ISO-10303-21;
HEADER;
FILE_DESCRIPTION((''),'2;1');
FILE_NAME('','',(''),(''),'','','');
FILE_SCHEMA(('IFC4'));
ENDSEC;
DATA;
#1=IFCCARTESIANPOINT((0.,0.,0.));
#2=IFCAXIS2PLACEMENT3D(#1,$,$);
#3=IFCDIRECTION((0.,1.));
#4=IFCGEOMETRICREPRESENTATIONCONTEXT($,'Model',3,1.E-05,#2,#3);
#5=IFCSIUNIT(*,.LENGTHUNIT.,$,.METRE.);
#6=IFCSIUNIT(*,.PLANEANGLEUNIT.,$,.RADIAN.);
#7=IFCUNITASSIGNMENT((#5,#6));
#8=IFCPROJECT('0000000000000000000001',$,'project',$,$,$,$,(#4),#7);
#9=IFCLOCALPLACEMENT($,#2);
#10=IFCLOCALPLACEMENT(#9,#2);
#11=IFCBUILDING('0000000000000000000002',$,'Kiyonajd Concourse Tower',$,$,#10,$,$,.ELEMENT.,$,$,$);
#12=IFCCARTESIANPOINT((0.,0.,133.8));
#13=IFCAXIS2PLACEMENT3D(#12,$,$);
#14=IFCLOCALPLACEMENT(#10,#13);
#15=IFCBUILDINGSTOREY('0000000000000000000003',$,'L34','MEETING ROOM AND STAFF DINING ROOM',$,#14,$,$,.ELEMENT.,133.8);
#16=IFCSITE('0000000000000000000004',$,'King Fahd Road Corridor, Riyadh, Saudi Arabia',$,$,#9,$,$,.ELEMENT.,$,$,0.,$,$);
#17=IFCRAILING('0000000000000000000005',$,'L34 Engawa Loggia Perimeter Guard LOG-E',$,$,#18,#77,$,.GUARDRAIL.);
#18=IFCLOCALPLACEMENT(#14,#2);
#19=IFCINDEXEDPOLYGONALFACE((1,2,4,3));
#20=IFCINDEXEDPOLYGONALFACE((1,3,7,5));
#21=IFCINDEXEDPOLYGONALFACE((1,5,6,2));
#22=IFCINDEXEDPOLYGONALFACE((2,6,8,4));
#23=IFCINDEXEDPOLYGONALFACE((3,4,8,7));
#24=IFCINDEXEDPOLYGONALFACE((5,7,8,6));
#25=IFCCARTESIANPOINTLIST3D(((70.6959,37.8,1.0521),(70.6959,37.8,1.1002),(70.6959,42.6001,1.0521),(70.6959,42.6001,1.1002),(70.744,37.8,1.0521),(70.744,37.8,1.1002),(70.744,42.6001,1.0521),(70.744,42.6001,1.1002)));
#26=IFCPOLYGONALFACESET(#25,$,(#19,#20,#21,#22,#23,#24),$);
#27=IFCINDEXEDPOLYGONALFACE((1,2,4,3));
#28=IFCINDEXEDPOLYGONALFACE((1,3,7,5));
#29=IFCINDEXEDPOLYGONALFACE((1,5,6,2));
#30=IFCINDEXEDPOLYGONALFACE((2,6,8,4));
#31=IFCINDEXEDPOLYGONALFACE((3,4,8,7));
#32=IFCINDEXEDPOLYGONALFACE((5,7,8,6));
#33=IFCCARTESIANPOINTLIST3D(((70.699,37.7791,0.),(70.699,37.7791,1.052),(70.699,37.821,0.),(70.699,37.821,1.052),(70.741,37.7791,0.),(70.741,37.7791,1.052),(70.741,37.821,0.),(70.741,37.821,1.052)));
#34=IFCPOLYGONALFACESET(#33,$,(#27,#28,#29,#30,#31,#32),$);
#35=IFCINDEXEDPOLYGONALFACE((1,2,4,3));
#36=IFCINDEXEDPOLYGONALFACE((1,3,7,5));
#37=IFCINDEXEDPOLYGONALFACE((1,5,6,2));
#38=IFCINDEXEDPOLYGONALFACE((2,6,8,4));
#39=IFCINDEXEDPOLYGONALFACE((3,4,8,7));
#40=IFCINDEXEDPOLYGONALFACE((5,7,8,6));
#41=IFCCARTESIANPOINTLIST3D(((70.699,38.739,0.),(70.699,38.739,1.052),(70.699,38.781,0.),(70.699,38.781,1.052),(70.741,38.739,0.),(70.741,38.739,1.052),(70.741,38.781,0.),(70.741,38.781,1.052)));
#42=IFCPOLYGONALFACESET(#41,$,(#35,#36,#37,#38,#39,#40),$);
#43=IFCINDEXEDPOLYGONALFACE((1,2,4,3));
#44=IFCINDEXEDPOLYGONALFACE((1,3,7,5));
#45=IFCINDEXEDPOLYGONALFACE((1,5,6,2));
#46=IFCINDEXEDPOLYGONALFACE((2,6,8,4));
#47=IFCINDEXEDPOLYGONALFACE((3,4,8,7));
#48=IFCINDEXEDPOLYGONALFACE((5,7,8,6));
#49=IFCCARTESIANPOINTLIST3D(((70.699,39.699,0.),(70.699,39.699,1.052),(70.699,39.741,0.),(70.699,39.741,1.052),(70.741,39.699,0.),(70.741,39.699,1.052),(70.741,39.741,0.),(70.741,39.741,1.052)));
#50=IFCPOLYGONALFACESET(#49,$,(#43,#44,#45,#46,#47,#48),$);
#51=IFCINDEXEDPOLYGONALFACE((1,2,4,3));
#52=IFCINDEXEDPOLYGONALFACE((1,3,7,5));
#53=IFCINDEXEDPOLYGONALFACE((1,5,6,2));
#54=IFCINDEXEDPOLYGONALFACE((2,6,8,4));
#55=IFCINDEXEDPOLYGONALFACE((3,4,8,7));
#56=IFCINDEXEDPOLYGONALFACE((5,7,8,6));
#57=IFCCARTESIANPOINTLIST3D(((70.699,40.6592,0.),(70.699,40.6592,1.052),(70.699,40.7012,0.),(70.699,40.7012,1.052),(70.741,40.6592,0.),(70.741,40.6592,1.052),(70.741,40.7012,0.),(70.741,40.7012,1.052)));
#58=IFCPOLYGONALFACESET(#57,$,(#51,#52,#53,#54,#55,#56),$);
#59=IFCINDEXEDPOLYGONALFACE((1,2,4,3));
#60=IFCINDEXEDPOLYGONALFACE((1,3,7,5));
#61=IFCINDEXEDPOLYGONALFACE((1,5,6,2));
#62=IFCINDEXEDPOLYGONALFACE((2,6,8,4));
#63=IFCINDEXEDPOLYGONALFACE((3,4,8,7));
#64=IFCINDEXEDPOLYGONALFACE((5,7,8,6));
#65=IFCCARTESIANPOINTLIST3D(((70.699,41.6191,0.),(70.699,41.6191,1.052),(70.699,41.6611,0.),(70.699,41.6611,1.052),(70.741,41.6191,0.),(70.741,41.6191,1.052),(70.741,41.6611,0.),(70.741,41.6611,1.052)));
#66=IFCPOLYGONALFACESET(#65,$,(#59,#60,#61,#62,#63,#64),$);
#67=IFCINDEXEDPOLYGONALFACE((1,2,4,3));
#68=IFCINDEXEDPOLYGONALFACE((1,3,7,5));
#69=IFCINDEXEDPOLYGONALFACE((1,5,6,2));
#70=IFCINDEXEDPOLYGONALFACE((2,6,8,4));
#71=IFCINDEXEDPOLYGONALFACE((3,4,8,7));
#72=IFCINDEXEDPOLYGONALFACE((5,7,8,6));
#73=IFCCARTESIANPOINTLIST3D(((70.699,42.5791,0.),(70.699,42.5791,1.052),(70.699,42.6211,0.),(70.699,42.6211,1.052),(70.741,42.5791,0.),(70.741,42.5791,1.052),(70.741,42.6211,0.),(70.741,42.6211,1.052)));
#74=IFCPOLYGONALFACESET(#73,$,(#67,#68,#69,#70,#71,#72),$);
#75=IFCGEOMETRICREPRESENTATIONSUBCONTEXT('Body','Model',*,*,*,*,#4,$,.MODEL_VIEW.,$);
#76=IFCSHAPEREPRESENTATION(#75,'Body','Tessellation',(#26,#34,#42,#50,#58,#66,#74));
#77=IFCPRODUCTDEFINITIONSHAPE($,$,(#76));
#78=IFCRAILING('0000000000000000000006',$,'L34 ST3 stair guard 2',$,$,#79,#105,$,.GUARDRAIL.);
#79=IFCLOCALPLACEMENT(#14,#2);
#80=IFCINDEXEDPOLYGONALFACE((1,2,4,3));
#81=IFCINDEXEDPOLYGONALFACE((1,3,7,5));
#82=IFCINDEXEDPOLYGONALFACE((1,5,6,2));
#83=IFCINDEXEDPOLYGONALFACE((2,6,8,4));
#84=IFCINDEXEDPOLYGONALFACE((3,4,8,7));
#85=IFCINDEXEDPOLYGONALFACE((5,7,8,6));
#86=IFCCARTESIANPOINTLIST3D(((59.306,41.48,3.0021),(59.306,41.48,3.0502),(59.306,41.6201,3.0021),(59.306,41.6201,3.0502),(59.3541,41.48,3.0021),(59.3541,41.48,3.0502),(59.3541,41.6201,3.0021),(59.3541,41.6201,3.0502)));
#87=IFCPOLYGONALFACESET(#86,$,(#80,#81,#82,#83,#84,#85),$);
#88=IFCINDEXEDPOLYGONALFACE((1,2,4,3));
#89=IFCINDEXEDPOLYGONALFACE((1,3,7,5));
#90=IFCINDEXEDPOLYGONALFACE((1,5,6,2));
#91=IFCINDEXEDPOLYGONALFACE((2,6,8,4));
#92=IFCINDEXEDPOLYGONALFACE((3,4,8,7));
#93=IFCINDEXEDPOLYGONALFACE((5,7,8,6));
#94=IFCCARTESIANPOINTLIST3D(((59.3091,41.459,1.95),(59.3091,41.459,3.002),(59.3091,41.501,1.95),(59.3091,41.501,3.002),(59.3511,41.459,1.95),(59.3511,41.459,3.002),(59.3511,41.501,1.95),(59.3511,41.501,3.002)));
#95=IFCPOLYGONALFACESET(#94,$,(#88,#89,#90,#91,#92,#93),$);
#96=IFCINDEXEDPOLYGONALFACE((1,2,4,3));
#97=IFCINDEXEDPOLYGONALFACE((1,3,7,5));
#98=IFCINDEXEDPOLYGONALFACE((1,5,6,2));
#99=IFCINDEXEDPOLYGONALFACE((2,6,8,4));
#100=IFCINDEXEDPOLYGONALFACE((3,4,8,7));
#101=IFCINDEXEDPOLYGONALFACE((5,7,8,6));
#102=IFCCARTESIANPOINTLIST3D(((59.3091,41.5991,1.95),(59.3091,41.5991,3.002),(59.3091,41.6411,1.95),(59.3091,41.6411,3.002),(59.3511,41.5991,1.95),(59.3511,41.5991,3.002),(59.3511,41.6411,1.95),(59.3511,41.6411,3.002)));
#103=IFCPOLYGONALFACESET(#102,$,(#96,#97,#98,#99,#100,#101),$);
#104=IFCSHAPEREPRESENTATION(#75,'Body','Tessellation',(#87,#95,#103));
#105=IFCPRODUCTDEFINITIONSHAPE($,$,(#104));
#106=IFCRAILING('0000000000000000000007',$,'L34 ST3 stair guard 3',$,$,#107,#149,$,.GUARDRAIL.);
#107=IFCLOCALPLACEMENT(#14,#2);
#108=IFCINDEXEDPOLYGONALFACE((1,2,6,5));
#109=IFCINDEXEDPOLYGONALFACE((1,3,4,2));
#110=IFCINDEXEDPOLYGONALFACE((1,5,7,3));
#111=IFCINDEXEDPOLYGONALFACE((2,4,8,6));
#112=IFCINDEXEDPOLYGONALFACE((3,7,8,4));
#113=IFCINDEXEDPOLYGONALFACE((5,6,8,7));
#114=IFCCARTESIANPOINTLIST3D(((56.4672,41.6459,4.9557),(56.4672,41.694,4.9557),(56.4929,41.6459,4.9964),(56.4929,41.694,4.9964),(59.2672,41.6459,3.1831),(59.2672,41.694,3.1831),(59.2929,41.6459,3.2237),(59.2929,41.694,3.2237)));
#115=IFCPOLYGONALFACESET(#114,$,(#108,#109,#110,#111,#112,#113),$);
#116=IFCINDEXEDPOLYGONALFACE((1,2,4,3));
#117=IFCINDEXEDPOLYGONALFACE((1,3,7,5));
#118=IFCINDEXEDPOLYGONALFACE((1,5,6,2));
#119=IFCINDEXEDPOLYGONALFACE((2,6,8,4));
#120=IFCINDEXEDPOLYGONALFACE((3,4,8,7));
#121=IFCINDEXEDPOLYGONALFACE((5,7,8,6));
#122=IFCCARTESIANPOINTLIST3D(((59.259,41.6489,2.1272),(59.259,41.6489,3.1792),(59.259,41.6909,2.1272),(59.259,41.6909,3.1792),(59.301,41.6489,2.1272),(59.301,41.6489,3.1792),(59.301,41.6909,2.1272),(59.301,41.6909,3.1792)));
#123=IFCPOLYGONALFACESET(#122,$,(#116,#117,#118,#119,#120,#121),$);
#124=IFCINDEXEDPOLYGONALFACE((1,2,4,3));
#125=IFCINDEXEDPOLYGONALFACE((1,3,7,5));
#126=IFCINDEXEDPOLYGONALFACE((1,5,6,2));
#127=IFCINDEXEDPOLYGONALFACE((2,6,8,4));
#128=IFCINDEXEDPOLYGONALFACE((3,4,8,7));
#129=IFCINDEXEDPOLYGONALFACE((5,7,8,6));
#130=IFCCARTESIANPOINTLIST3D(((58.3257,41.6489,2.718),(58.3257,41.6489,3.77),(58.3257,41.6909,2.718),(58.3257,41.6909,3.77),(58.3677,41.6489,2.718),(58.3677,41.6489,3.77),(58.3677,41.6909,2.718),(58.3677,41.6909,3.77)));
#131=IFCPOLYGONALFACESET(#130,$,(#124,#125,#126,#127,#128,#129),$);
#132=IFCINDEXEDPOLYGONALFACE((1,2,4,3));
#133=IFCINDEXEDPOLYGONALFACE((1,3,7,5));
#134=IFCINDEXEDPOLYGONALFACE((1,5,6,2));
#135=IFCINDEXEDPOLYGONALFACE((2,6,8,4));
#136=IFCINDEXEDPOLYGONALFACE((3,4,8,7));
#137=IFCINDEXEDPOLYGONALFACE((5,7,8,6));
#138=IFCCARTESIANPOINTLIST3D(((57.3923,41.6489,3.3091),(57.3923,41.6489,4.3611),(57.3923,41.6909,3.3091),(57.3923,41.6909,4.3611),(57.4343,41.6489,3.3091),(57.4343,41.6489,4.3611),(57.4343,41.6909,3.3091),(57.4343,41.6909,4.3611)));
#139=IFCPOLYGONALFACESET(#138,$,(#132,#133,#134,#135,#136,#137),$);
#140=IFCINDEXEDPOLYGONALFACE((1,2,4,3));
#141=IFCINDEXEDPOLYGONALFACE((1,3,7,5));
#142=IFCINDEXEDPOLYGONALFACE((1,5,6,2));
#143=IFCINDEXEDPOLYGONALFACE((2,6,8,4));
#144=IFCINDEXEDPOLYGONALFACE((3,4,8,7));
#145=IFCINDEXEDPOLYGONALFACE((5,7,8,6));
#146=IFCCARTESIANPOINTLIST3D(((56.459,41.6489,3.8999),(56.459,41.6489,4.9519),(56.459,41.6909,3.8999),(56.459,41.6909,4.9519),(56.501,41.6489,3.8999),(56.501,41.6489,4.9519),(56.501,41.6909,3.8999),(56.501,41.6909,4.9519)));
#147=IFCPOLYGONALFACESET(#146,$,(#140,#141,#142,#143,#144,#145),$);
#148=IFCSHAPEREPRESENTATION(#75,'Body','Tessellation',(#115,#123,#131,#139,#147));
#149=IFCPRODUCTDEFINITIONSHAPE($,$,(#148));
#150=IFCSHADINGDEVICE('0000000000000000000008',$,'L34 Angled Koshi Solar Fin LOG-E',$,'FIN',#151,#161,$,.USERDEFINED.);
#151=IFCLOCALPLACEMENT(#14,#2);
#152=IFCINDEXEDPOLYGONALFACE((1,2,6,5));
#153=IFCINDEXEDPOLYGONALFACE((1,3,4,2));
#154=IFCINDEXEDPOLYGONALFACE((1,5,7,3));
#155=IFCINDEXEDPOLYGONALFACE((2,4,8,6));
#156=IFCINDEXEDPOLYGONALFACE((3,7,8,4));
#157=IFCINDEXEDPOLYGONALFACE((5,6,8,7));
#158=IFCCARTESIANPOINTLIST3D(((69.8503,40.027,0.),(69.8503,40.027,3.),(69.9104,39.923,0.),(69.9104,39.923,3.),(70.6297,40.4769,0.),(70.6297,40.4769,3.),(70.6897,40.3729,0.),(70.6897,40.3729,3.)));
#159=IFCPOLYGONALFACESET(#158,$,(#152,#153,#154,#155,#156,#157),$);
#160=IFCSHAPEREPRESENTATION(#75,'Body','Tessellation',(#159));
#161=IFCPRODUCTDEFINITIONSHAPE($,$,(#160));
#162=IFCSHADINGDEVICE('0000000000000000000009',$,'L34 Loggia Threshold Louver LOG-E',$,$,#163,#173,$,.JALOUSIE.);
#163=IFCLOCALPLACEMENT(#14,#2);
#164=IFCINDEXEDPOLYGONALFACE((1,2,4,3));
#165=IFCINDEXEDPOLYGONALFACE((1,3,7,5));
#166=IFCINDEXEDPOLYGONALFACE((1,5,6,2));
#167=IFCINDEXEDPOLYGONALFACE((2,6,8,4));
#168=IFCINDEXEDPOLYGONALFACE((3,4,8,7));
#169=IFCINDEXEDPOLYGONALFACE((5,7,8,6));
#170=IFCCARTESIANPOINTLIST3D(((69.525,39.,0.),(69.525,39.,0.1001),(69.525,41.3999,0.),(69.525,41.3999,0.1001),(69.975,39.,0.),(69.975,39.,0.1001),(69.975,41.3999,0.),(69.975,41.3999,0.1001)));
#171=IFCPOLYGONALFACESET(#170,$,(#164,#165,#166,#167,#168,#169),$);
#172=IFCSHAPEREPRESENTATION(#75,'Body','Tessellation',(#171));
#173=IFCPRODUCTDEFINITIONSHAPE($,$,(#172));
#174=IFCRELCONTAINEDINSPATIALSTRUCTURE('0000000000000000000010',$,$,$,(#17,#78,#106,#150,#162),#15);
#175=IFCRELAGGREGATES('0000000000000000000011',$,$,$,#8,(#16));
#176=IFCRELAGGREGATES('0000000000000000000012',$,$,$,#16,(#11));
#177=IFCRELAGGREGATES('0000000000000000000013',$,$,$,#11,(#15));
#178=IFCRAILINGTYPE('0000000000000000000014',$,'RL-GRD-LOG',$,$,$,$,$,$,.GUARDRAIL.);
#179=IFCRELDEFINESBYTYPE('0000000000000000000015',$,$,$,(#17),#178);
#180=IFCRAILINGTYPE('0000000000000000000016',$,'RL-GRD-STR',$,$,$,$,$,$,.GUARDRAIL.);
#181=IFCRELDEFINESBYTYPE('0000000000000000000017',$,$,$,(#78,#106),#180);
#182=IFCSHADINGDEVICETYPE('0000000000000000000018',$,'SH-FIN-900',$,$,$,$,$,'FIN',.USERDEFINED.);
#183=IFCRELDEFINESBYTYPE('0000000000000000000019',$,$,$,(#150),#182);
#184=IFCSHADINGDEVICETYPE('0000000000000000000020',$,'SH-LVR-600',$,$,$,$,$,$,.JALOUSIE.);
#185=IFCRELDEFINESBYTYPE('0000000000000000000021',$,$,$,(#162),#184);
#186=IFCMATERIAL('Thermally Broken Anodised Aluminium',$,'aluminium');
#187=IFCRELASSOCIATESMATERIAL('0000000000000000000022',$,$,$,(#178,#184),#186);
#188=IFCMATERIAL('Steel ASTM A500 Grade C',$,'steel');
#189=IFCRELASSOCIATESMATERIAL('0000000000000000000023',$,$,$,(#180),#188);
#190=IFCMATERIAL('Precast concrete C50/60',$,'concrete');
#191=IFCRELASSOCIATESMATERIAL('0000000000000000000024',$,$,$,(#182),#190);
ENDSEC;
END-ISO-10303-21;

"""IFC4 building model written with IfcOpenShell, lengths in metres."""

from ifc_helpers import new_model, si_unit, direction, frame, origin, origin_2d, place, context, subcontext, project, spatial, rectangle, extrude, material, type_object, element, save


model = new_model("IFC4")

# Units and contexts
model_context = context("Model", 3, precision=1e-05, world=origin(), true_north=direction((0.0, 1.0)))
body_context = subcontext(model_context, "Body", "Model", "MODEL_VIEW")
ifc_project = project(units=[si_unit("LENGTHUNIT", "METRE"), si_unit("PLANEANGLEUNIT", "RADIAN")], contexts=[model_context])

# Site, building, storey
site_placement = place(None, origin())
site = spatial("IfcSite", under=ifc_project, at=site_placement, Name="King Fahd Road Corridor, Riyadh, Saudi Arabia", CompositionType="ELEMENT", RefElevation=0.0)
building_placement = place(site_placement, origin())
building = spatial("IfcBuilding", under=site, at=building_placement, Name="Kiyonajd Concourse Tower", CompositionType="ELEMENT")
storey_placement = place(building_placement, frame((0.0, 0.0, 133.8)))
storey = spatial("IfcBuildingStorey", under=building, at=storey_placement, Name="L34", Description="MEETING ROOM AND STAFF DINING ROOM", CompositionType="ELEMENT", Elevation=133.8)

# Shared definitions
ifc_material_1 = material(Name="Precast concrete C50/60", Category="concrete")

# Shared definitions
ifc_material_2 = material(Name="Thermally Broken Anodised Aluminium", Category="aluminium")

# Railings
railing_type_1 = type_object("IfcRailingType", Name="RL-GRD-LOG", PredefinedType="GUARDRAIL", material=ifc_material_2)
railing_1_placement = place(storey_placement, frame((70.72, 37.8, 0.0)))
element("IfcRailing", 1, at=railing_1_placement, inside=storey, type_object=railing_type_1, Name="L34 Engawa Loggia Perimeter Guard LOG-E", PredefinedType="GUARDRAIL", context=body_context, shape_type="SweptSolid", body=[
    extrude(rectangle(XDim=0.0481, YDim=0.0481, at=origin_2d()), frame((0.0, 0.0, 1.0762), z_axis=(0.0, 1.0, 0.0), x_axis=(-1.0, 0.0, 0.0)), (0.0, 0.0, 1.0), 4.8),
    extrude(rectangle(XDim=0.042, YDim=0.042, at=origin_2d()), origin(), (0.0, 0.0, 1.0), 1.052),
    extrude(rectangle(XDim=0.042, YDim=0.042, at=origin_2d()), frame((0.0, 0.96, 0.0)), (0.0, 0.0, 1.0), 1.052),
    extrude(rectangle(XDim=0.042, YDim=0.042, at=origin_2d()), frame((0.0, 1.9199, 0.0)), (0.0, 0.0, 1.0), 1.052),
    extrude(rectangle(XDim=0.042, YDim=0.042, at=origin_2d()), frame((0.0, 2.8801, 0.0)), (0.0, 0.0, 1.0), 1.052),
    extrude(rectangle(XDim=0.042, YDim=0.042, at=origin_2d()), frame((0.0, 3.8401, 0.0)), (0.0, 0.0, 1.0), 1.052),
    extrude(rectangle(XDim=0.042, YDim=0.042, at=origin_2d()), frame((0.0, 4.8, 0.0)), (0.0, 0.0, 1.0), 1.052),
])
ifc_material_3 = material(Name="Steel ASTM A500 Grade C", Category="steel")
railing_type_2 = type_object("IfcRailingType", Name="RL-GRD-STR", PredefinedType="GUARDRAIL", material=ifc_material_3)
railing_2_placement = place(storey_placement, frame((59.3301, 41.48, 1.95)))
element("IfcRailing", 2, at=railing_2_placement, inside=storey, type_object=railing_type_2, Name="L34 ST3 stair guard 2", PredefinedType="GUARDRAIL", context=body_context, shape_type="SweptSolid", body=[
    extrude(rectangle(XDim=0.0481, YDim=0.0481, at=origin_2d()), frame((0.0, 0.0, 1.0762), z_axis=(0.0, 1.0, 0.0), x_axis=(-1.0, 0.0, 0.0)), (0.0, 0.0, 1.0), 0.1401),
    extrude(rectangle(XDim=0.042, YDim=0.042, at=origin_2d()), origin(), (0.0, 0.0, 1.0), 1.052),
    extrude(rectangle(XDim=0.042, YDim=0.042, at=origin_2d()), frame((0.0, 0.1401, 0.0)), (0.0, 0.0, 1.0), 1.052),
])
railing_3_placement = place(storey_placement, frame((59.28, 41.6699, 2.1272)))
element("IfcRailing", 3, at=railing_3_placement, inside=storey, type_object=railing_type_2, Name="L34 ST3 stair guard 3", PredefinedType="GUARDRAIL", context=body_context, shape_type="SweptSolid", body=[
    extrude(rectangle(XDim=0.0481, YDim=0.0481, at=origin_2d()), frame((0.0, 0.0, 1.0762), z_axis=(-0.844909, 0.0, 0.53491), x_axis=(0.0, -1.0, 0.0)), (0.0, 0.0, 1.0), 3.314),
    extrude(rectangle(XDim=0.042, YDim=0.042, at=origin_2d()), origin(), (0.0, 0.0, 1.0), 1.052),
    extrude(rectangle(XDim=0.042, YDim=0.042, at=origin_2d()), frame((-0.9333, 0.0, 0.5908)), (0.0, 0.0, 1.0), 1.052),
    extrude(rectangle(XDim=0.042, YDim=0.042, at=origin_2d()), frame((-1.8667, 0.0, 1.1819)), (0.0, 0.0, 1.0), 1.052),
    extrude(rectangle(XDim=0.042, YDim=0.042, at=origin_2d()), frame((-2.8, 0.0, 1.7727)), (0.0, 0.0, 1.0), 1.052),
])

# Shading devices
shading_device_type_1 = type_object("IfcShadingDeviceType", Name="SH-FIN-900", ElementType="FIN", PredefinedType="USERDEFINED", material=ifc_material_1)
shading_device_1_placement = place(storey_placement, frame((70.27, 40.2, 0.0), z_axis=(0.0, 0.0, 1.0), x_axis=(0.866025, 0.5, 0.0)))
element("IfcShadingDevice", 4, at=shading_device_1_placement, inside=storey, type_object=shading_device_type_1, Name="L34 Angled Koshi Solar Fin LOG-E", ObjectType="FIN", PredefinedType="USERDEFINED", context=body_context, shape_type="SweptSolid", body=[
    extrude(rectangle(XDim=0.8999, YDim=0.1201, at=origin_2d()), origin(), (0.0, 0.0, 1.0), 3.0),
])
shading_device_type_2 = type_object("IfcShadingDeviceType", Name="SH-LVR-600", PredefinedType="JALOUSIE", material=ifc_material_2)
shading_device_2_placement = place(storey_placement, frame((69.75, 40.2, 0.0), z_axis=(0.0, 0.0, 1.0), x_axis=(0.0, 1.0, 0.0)))
element("IfcShadingDevice", 5, at=shading_device_2_placement, inside=storey, type_object=shading_device_type_2, Name="L34 Loggia Threshold Louver LOG-E", PredefinedType="JALOUSIE", context=body_context, shape_type="SweptSolid", body=[
    extrude(rectangle(XDim=2.3999, YDim=0.45, at=origin_2d()), origin(), (0.0, 0.0, 1.0), 0.1001),
])

save(model, "model.ifc")
